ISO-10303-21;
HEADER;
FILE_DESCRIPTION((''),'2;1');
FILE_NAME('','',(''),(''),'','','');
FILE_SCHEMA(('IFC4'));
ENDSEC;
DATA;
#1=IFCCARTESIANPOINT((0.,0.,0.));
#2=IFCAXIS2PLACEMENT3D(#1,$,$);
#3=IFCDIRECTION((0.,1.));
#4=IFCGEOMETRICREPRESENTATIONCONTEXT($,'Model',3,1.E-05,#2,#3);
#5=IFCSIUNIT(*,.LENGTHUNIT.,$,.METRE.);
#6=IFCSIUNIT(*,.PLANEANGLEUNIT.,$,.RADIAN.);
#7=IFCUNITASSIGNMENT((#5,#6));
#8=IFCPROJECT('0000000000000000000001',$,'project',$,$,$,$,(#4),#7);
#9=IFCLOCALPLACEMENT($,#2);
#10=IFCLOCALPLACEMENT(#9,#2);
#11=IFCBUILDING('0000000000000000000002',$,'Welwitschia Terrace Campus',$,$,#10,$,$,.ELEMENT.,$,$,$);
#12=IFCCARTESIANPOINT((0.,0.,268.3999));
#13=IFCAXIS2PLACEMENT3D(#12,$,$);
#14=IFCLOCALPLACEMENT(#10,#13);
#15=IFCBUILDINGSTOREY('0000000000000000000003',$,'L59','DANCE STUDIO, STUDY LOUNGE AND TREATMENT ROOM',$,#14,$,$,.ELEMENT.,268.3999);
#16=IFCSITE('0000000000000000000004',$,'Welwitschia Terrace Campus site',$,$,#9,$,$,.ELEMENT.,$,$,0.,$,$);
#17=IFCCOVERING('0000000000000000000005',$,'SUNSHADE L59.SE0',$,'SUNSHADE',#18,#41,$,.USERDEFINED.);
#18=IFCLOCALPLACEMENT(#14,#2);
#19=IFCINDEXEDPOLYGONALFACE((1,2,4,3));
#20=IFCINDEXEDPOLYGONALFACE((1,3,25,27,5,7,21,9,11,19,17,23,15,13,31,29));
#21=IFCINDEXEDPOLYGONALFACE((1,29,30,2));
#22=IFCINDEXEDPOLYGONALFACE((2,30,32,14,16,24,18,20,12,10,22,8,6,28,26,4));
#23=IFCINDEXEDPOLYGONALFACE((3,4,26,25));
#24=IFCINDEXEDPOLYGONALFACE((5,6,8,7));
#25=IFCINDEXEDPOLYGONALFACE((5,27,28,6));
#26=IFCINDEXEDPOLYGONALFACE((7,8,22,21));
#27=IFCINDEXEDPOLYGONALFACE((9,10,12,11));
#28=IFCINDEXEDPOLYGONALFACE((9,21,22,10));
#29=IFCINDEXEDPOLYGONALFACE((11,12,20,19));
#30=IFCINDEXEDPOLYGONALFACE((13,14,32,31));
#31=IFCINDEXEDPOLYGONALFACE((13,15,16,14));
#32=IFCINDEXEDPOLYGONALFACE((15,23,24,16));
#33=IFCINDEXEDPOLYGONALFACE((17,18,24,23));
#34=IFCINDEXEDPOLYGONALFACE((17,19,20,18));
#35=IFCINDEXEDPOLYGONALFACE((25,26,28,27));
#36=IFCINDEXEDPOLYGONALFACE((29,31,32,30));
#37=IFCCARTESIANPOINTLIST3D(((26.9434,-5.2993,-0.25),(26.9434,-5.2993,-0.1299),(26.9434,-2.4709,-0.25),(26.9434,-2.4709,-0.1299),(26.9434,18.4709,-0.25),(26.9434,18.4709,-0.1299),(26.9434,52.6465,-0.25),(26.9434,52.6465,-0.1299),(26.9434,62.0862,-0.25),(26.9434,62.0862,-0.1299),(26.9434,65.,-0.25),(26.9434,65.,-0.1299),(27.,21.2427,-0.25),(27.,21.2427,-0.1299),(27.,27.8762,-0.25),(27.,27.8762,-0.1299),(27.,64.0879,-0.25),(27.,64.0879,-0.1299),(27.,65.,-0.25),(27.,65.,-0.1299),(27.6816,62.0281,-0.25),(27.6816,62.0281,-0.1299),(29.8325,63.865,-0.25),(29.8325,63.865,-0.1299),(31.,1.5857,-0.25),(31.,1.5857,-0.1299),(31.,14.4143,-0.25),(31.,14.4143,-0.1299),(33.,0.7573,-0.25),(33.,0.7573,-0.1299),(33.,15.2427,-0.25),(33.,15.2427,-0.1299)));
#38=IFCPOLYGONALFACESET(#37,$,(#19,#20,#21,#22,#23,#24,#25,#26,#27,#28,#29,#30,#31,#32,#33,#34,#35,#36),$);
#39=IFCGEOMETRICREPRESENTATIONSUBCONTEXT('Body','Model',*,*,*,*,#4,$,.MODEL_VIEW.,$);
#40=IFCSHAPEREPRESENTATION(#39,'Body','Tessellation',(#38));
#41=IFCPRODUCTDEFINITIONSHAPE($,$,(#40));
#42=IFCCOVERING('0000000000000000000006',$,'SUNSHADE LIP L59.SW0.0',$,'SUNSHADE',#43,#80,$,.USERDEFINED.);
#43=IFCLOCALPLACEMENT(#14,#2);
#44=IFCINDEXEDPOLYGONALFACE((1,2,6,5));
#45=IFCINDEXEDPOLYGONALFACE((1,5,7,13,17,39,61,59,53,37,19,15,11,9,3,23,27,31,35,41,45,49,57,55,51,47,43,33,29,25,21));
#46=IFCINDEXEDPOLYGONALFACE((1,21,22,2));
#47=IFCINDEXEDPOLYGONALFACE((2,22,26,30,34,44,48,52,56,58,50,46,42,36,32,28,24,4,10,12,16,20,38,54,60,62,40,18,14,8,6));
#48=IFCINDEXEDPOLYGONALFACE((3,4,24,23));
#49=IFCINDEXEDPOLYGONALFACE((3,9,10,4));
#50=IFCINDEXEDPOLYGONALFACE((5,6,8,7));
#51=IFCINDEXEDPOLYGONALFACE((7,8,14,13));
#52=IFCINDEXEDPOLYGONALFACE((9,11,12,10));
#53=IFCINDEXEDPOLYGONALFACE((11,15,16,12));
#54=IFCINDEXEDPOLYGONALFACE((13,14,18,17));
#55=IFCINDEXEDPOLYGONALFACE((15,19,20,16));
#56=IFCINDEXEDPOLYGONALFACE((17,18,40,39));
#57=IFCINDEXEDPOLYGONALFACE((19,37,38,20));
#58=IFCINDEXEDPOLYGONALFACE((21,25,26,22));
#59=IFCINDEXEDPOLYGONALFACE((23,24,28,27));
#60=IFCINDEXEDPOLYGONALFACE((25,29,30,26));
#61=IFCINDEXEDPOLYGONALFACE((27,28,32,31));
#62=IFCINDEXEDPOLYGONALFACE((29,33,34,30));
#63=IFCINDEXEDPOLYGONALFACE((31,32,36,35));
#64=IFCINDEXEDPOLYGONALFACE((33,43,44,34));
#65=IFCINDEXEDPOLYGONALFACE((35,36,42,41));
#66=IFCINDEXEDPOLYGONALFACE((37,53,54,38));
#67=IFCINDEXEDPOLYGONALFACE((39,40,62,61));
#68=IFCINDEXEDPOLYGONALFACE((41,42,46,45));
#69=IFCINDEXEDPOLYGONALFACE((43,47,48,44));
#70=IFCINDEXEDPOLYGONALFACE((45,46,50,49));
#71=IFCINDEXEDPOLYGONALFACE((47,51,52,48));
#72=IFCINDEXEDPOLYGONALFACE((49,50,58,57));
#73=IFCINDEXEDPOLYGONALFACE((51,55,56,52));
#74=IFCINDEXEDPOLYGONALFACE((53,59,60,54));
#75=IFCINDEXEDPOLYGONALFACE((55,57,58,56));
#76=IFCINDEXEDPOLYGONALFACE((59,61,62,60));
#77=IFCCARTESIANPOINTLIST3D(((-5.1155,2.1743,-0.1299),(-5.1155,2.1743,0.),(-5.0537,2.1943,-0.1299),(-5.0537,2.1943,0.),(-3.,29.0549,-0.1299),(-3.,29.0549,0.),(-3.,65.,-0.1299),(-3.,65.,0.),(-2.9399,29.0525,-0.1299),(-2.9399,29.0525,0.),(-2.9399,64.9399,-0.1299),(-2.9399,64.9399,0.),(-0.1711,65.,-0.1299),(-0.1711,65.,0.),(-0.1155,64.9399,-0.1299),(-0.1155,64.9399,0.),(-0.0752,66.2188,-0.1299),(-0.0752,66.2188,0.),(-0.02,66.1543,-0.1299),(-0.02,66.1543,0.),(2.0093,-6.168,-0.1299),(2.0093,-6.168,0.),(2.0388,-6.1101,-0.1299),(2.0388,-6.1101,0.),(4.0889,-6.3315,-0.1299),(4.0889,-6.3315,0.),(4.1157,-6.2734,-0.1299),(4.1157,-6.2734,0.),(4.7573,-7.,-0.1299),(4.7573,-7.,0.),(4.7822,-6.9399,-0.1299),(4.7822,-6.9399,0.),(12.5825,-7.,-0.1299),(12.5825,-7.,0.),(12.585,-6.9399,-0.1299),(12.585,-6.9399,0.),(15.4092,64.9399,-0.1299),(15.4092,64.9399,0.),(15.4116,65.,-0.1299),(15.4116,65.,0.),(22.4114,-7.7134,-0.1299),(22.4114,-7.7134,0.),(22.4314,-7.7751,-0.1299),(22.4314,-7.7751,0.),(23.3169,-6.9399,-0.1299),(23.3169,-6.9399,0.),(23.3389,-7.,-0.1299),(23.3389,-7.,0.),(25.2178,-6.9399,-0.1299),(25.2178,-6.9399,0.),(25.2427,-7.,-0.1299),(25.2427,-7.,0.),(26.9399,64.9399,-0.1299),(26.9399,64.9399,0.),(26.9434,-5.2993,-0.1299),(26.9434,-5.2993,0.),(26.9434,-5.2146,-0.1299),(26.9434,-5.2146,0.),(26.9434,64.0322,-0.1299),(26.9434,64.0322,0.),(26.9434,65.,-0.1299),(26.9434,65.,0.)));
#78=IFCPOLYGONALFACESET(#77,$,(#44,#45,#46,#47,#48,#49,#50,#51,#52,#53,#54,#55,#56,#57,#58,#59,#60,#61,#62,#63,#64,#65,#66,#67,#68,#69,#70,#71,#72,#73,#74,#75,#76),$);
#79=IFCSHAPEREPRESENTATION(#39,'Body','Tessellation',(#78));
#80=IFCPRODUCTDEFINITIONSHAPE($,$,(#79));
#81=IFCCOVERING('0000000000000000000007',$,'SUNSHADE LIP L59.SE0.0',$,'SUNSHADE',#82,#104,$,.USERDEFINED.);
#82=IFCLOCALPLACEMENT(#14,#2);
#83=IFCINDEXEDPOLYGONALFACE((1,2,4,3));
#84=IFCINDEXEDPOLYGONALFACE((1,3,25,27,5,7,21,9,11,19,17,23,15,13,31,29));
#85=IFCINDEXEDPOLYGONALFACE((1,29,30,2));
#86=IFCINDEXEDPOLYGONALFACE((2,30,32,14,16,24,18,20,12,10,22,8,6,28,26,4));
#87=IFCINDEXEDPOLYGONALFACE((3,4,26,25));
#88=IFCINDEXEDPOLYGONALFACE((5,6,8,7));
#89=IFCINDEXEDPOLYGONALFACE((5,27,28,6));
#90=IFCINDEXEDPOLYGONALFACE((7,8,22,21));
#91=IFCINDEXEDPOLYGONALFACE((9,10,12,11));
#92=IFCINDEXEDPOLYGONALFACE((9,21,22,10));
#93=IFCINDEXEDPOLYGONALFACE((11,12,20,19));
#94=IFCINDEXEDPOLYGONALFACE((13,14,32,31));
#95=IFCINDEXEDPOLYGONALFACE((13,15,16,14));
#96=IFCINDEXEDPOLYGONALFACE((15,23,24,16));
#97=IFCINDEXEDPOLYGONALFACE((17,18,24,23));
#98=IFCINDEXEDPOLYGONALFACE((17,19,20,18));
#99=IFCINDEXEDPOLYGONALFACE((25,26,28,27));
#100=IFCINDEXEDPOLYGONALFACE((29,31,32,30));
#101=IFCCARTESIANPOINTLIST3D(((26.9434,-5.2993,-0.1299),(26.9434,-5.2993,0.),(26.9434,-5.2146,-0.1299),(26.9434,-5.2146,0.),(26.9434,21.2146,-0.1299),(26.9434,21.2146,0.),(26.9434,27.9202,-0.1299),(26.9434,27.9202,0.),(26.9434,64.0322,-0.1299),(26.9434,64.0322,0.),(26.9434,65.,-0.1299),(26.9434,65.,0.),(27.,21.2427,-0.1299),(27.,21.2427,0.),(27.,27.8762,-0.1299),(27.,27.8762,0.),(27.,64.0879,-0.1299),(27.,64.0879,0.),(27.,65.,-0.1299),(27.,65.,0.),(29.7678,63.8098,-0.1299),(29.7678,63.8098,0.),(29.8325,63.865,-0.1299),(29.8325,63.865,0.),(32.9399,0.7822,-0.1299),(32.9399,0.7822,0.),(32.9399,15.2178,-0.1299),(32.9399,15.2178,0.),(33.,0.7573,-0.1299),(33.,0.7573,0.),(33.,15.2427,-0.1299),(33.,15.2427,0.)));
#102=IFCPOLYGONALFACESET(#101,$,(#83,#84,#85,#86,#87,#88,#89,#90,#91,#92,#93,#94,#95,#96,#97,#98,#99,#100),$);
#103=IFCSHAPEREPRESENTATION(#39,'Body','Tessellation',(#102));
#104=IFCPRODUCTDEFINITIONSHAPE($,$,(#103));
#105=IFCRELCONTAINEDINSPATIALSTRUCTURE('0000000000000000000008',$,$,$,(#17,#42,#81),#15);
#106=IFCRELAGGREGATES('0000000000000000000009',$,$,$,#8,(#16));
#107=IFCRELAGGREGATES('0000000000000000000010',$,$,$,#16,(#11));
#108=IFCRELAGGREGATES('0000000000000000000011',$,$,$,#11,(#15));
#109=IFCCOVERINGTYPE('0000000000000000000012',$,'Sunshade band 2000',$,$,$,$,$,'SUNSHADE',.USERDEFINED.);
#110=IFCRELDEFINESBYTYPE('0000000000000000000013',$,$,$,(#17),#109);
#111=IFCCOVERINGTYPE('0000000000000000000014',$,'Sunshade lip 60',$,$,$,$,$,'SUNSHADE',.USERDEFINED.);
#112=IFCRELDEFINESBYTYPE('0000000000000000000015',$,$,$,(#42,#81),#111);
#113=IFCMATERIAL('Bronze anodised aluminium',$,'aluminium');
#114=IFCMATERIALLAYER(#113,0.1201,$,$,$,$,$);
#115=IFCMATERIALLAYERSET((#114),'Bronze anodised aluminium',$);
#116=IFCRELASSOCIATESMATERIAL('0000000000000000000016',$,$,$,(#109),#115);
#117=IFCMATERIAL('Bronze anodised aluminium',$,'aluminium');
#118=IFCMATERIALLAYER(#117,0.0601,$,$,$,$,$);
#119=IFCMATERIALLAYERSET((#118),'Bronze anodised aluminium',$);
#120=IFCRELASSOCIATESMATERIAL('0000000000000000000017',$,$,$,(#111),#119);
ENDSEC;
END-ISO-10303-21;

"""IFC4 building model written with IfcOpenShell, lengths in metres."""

from ifc_helpers import new_model, si_unit, direction, frame, origin, place, context, subcontext, project, spatial, polyline, outline, extrude, material, layer, layer_set, type_object, element, save


model = new_model("IFC4")

# Units and contexts
model_context = context("Model", 3, precision=1e-05, world=origin(), true_north=direction((0.0, 1.0)))
body_context = subcontext(model_context, "Body", "Model", "MODEL_VIEW")
ifc_project = project(units=[si_unit("LENGTHUNIT", "METRE"), si_unit("PLANEANGLEUNIT", "RADIAN")], contexts=[model_context])

# Site, building, storey
site_placement = place(None, origin())
site = spatial("IfcSite", under=ifc_project, at=site_placement, Name="Welwitschia Terrace Campus site", CompositionType="ELEMENT", RefElevation=0.0)
building_placement = place(site_placement, origin())
building = spatial("IfcBuilding", under=site, at=building_placement, Name="Welwitschia Terrace Campus", CompositionType="ELEMENT")
storey_placement = place(building_placement, frame((0.0, 0.0, 268.3999)))
storey = spatial("IfcBuildingStorey", under=building, at=storey_placement, Name="L59", Description="DANCE STUDIO, STUDY LOUNGE AND TREATMENT ROOM", CompositionType="ELEMENT", Elevation=268.3999)

# Coverings
ifc_material_1 = material(Name="Bronze anodised aluminium", Category="aluminium")
ifc_layer_1 = layer(ifc_material_1, 0.1201)
ifc_layer_set_1 = layer_set([ifc_layer_1], Name="Bronze anodised aluminium")
covering_type_1 = type_object("IfcCoveringType", Name="Sunshade band 2000", ElementType="SUNSHADE", PredefinedType="USERDEFINED", material=ifc_layer_set_1)
covering_1_placement = place(storey_placement, frame((0.0, 0.0, -0.25)))
element("IfcCovering", 1, at=covering_1_placement, inside=storey, type_object=covering_type_1, Name="SUNSHADE L59.SE0", ObjectType="SUNSHADE", PredefinedType="USERDEFINED", context=body_context, shape_type="SweptSolid", body=[
    extrude(outline(polyline([(27.0, 65.0), (27.0, 64.0879), (29.8325, 63.865), (27.0, 27.8762), (27.0, 21.2427), (33.0, 15.2427), (33.0, 0.7573), (26.9434, -5.2993), (26.9434, -2.4709), (31.0, 1.5857), (31.0, 14.4143), (26.9434, 18.4709), (26.9434, 52.6465), (27.6816, 62.0281), (26.9434, 62.0862), (26.9434, 65.0), (27.0, 65.0)])), origin(), (0.0, 0.0, 1.0), 0.1201),
])
ifc_material_2 = material(Name="Bronze anodised aluminium", Category="aluminium")
ifc_layer_2 = layer(ifc_material_2, 0.0601)
ifc_layer_set_2 = layer_set([ifc_layer_2], Name="Bronze anodised aluminium")
covering_type_2 = type_object("IfcCoveringType", Name="Sunshade lip 60", ElementType="SUNSHADE", PredefinedType="USERDEFINED", material=ifc_layer_set_2)
covering_2_placement = place(storey_placement, frame((0.0, 0.0, -0.1299)))
element("IfcCovering", 2, at=covering_2_placement, inside=storey, type_object=covering_type_2, Name="SUNSHADE LIP L59.SW0.0", ObjectType="SUNSHADE", PredefinedType="USERDEFINED", context=body_context, shape_type="SweptSolid", body=[
    extrude(outline(polyline([(15.4116, 65.0), (26.9434, 65.0), (26.9434, 64.0322), (26.9399, 64.9399), (15.4092, 64.9399), (-0.02, 66.1543), (-0.1155, 64.9399), (-2.9399, 64.9399), (-2.9399, 29.0525), (-5.0537, 2.1943), (2.0388, -6.1101), (4.1157, -6.2734), (4.7822, -6.9399), (12.585, -6.9399), (22.4114, -7.7134), (23.3169, -6.9399), (25.2178, -6.9399), (26.9434, -5.2146), (26.9434, -5.2993), (25.2427, -7.0), (23.3389, -7.0), (22.4314, -7.7751), (12.5825, -7.0), (4.7573, -7.0), (4.0889, -6.3315), (2.0093, -6.168), (-5.1155, 2.1743), (-3.0, 29.0549), (-3.0, 65.0), (-0.1711, 65.0), (-0.0752, 66.2188), (15.4116, 65.0)])), origin(), (0.0, 0.0, 1.0), 0.1299),
])
covering_3_placement = place(storey_placement, frame((0.0, 0.0, -0.1299)))
element("IfcCovering", 3, at=covering_3_placement, inside=storey, type_object=covering_type_2, Name="SUNSHADE LIP L59.SE0.0", ObjectType="SUNSHADE", PredefinedType="USERDEFINED", context=body_context, shape_type="SweptSolid", body=[
    extrude(outline(polyline([(27.0, 64.0879), (29.8325, 63.865), (27.0, 27.8762), (27.0, 21.2427), (33.0, 15.2427), (33.0, 0.7573), (26.9434, -5.2993), (26.9434, -5.2146), (32.9399, 0.7822), (32.9399, 15.2178), (26.9434, 21.2146), (26.9434, 27.9202), (29.7678, 63.8098), (26.9434, 64.0322), (26.9434, 65.0), (27.0, 65.0), (27.0, 64.0879)])), origin(), (0.0, 0.0, 1.0), 0.1299),
])

save(model, "model.ifc")
